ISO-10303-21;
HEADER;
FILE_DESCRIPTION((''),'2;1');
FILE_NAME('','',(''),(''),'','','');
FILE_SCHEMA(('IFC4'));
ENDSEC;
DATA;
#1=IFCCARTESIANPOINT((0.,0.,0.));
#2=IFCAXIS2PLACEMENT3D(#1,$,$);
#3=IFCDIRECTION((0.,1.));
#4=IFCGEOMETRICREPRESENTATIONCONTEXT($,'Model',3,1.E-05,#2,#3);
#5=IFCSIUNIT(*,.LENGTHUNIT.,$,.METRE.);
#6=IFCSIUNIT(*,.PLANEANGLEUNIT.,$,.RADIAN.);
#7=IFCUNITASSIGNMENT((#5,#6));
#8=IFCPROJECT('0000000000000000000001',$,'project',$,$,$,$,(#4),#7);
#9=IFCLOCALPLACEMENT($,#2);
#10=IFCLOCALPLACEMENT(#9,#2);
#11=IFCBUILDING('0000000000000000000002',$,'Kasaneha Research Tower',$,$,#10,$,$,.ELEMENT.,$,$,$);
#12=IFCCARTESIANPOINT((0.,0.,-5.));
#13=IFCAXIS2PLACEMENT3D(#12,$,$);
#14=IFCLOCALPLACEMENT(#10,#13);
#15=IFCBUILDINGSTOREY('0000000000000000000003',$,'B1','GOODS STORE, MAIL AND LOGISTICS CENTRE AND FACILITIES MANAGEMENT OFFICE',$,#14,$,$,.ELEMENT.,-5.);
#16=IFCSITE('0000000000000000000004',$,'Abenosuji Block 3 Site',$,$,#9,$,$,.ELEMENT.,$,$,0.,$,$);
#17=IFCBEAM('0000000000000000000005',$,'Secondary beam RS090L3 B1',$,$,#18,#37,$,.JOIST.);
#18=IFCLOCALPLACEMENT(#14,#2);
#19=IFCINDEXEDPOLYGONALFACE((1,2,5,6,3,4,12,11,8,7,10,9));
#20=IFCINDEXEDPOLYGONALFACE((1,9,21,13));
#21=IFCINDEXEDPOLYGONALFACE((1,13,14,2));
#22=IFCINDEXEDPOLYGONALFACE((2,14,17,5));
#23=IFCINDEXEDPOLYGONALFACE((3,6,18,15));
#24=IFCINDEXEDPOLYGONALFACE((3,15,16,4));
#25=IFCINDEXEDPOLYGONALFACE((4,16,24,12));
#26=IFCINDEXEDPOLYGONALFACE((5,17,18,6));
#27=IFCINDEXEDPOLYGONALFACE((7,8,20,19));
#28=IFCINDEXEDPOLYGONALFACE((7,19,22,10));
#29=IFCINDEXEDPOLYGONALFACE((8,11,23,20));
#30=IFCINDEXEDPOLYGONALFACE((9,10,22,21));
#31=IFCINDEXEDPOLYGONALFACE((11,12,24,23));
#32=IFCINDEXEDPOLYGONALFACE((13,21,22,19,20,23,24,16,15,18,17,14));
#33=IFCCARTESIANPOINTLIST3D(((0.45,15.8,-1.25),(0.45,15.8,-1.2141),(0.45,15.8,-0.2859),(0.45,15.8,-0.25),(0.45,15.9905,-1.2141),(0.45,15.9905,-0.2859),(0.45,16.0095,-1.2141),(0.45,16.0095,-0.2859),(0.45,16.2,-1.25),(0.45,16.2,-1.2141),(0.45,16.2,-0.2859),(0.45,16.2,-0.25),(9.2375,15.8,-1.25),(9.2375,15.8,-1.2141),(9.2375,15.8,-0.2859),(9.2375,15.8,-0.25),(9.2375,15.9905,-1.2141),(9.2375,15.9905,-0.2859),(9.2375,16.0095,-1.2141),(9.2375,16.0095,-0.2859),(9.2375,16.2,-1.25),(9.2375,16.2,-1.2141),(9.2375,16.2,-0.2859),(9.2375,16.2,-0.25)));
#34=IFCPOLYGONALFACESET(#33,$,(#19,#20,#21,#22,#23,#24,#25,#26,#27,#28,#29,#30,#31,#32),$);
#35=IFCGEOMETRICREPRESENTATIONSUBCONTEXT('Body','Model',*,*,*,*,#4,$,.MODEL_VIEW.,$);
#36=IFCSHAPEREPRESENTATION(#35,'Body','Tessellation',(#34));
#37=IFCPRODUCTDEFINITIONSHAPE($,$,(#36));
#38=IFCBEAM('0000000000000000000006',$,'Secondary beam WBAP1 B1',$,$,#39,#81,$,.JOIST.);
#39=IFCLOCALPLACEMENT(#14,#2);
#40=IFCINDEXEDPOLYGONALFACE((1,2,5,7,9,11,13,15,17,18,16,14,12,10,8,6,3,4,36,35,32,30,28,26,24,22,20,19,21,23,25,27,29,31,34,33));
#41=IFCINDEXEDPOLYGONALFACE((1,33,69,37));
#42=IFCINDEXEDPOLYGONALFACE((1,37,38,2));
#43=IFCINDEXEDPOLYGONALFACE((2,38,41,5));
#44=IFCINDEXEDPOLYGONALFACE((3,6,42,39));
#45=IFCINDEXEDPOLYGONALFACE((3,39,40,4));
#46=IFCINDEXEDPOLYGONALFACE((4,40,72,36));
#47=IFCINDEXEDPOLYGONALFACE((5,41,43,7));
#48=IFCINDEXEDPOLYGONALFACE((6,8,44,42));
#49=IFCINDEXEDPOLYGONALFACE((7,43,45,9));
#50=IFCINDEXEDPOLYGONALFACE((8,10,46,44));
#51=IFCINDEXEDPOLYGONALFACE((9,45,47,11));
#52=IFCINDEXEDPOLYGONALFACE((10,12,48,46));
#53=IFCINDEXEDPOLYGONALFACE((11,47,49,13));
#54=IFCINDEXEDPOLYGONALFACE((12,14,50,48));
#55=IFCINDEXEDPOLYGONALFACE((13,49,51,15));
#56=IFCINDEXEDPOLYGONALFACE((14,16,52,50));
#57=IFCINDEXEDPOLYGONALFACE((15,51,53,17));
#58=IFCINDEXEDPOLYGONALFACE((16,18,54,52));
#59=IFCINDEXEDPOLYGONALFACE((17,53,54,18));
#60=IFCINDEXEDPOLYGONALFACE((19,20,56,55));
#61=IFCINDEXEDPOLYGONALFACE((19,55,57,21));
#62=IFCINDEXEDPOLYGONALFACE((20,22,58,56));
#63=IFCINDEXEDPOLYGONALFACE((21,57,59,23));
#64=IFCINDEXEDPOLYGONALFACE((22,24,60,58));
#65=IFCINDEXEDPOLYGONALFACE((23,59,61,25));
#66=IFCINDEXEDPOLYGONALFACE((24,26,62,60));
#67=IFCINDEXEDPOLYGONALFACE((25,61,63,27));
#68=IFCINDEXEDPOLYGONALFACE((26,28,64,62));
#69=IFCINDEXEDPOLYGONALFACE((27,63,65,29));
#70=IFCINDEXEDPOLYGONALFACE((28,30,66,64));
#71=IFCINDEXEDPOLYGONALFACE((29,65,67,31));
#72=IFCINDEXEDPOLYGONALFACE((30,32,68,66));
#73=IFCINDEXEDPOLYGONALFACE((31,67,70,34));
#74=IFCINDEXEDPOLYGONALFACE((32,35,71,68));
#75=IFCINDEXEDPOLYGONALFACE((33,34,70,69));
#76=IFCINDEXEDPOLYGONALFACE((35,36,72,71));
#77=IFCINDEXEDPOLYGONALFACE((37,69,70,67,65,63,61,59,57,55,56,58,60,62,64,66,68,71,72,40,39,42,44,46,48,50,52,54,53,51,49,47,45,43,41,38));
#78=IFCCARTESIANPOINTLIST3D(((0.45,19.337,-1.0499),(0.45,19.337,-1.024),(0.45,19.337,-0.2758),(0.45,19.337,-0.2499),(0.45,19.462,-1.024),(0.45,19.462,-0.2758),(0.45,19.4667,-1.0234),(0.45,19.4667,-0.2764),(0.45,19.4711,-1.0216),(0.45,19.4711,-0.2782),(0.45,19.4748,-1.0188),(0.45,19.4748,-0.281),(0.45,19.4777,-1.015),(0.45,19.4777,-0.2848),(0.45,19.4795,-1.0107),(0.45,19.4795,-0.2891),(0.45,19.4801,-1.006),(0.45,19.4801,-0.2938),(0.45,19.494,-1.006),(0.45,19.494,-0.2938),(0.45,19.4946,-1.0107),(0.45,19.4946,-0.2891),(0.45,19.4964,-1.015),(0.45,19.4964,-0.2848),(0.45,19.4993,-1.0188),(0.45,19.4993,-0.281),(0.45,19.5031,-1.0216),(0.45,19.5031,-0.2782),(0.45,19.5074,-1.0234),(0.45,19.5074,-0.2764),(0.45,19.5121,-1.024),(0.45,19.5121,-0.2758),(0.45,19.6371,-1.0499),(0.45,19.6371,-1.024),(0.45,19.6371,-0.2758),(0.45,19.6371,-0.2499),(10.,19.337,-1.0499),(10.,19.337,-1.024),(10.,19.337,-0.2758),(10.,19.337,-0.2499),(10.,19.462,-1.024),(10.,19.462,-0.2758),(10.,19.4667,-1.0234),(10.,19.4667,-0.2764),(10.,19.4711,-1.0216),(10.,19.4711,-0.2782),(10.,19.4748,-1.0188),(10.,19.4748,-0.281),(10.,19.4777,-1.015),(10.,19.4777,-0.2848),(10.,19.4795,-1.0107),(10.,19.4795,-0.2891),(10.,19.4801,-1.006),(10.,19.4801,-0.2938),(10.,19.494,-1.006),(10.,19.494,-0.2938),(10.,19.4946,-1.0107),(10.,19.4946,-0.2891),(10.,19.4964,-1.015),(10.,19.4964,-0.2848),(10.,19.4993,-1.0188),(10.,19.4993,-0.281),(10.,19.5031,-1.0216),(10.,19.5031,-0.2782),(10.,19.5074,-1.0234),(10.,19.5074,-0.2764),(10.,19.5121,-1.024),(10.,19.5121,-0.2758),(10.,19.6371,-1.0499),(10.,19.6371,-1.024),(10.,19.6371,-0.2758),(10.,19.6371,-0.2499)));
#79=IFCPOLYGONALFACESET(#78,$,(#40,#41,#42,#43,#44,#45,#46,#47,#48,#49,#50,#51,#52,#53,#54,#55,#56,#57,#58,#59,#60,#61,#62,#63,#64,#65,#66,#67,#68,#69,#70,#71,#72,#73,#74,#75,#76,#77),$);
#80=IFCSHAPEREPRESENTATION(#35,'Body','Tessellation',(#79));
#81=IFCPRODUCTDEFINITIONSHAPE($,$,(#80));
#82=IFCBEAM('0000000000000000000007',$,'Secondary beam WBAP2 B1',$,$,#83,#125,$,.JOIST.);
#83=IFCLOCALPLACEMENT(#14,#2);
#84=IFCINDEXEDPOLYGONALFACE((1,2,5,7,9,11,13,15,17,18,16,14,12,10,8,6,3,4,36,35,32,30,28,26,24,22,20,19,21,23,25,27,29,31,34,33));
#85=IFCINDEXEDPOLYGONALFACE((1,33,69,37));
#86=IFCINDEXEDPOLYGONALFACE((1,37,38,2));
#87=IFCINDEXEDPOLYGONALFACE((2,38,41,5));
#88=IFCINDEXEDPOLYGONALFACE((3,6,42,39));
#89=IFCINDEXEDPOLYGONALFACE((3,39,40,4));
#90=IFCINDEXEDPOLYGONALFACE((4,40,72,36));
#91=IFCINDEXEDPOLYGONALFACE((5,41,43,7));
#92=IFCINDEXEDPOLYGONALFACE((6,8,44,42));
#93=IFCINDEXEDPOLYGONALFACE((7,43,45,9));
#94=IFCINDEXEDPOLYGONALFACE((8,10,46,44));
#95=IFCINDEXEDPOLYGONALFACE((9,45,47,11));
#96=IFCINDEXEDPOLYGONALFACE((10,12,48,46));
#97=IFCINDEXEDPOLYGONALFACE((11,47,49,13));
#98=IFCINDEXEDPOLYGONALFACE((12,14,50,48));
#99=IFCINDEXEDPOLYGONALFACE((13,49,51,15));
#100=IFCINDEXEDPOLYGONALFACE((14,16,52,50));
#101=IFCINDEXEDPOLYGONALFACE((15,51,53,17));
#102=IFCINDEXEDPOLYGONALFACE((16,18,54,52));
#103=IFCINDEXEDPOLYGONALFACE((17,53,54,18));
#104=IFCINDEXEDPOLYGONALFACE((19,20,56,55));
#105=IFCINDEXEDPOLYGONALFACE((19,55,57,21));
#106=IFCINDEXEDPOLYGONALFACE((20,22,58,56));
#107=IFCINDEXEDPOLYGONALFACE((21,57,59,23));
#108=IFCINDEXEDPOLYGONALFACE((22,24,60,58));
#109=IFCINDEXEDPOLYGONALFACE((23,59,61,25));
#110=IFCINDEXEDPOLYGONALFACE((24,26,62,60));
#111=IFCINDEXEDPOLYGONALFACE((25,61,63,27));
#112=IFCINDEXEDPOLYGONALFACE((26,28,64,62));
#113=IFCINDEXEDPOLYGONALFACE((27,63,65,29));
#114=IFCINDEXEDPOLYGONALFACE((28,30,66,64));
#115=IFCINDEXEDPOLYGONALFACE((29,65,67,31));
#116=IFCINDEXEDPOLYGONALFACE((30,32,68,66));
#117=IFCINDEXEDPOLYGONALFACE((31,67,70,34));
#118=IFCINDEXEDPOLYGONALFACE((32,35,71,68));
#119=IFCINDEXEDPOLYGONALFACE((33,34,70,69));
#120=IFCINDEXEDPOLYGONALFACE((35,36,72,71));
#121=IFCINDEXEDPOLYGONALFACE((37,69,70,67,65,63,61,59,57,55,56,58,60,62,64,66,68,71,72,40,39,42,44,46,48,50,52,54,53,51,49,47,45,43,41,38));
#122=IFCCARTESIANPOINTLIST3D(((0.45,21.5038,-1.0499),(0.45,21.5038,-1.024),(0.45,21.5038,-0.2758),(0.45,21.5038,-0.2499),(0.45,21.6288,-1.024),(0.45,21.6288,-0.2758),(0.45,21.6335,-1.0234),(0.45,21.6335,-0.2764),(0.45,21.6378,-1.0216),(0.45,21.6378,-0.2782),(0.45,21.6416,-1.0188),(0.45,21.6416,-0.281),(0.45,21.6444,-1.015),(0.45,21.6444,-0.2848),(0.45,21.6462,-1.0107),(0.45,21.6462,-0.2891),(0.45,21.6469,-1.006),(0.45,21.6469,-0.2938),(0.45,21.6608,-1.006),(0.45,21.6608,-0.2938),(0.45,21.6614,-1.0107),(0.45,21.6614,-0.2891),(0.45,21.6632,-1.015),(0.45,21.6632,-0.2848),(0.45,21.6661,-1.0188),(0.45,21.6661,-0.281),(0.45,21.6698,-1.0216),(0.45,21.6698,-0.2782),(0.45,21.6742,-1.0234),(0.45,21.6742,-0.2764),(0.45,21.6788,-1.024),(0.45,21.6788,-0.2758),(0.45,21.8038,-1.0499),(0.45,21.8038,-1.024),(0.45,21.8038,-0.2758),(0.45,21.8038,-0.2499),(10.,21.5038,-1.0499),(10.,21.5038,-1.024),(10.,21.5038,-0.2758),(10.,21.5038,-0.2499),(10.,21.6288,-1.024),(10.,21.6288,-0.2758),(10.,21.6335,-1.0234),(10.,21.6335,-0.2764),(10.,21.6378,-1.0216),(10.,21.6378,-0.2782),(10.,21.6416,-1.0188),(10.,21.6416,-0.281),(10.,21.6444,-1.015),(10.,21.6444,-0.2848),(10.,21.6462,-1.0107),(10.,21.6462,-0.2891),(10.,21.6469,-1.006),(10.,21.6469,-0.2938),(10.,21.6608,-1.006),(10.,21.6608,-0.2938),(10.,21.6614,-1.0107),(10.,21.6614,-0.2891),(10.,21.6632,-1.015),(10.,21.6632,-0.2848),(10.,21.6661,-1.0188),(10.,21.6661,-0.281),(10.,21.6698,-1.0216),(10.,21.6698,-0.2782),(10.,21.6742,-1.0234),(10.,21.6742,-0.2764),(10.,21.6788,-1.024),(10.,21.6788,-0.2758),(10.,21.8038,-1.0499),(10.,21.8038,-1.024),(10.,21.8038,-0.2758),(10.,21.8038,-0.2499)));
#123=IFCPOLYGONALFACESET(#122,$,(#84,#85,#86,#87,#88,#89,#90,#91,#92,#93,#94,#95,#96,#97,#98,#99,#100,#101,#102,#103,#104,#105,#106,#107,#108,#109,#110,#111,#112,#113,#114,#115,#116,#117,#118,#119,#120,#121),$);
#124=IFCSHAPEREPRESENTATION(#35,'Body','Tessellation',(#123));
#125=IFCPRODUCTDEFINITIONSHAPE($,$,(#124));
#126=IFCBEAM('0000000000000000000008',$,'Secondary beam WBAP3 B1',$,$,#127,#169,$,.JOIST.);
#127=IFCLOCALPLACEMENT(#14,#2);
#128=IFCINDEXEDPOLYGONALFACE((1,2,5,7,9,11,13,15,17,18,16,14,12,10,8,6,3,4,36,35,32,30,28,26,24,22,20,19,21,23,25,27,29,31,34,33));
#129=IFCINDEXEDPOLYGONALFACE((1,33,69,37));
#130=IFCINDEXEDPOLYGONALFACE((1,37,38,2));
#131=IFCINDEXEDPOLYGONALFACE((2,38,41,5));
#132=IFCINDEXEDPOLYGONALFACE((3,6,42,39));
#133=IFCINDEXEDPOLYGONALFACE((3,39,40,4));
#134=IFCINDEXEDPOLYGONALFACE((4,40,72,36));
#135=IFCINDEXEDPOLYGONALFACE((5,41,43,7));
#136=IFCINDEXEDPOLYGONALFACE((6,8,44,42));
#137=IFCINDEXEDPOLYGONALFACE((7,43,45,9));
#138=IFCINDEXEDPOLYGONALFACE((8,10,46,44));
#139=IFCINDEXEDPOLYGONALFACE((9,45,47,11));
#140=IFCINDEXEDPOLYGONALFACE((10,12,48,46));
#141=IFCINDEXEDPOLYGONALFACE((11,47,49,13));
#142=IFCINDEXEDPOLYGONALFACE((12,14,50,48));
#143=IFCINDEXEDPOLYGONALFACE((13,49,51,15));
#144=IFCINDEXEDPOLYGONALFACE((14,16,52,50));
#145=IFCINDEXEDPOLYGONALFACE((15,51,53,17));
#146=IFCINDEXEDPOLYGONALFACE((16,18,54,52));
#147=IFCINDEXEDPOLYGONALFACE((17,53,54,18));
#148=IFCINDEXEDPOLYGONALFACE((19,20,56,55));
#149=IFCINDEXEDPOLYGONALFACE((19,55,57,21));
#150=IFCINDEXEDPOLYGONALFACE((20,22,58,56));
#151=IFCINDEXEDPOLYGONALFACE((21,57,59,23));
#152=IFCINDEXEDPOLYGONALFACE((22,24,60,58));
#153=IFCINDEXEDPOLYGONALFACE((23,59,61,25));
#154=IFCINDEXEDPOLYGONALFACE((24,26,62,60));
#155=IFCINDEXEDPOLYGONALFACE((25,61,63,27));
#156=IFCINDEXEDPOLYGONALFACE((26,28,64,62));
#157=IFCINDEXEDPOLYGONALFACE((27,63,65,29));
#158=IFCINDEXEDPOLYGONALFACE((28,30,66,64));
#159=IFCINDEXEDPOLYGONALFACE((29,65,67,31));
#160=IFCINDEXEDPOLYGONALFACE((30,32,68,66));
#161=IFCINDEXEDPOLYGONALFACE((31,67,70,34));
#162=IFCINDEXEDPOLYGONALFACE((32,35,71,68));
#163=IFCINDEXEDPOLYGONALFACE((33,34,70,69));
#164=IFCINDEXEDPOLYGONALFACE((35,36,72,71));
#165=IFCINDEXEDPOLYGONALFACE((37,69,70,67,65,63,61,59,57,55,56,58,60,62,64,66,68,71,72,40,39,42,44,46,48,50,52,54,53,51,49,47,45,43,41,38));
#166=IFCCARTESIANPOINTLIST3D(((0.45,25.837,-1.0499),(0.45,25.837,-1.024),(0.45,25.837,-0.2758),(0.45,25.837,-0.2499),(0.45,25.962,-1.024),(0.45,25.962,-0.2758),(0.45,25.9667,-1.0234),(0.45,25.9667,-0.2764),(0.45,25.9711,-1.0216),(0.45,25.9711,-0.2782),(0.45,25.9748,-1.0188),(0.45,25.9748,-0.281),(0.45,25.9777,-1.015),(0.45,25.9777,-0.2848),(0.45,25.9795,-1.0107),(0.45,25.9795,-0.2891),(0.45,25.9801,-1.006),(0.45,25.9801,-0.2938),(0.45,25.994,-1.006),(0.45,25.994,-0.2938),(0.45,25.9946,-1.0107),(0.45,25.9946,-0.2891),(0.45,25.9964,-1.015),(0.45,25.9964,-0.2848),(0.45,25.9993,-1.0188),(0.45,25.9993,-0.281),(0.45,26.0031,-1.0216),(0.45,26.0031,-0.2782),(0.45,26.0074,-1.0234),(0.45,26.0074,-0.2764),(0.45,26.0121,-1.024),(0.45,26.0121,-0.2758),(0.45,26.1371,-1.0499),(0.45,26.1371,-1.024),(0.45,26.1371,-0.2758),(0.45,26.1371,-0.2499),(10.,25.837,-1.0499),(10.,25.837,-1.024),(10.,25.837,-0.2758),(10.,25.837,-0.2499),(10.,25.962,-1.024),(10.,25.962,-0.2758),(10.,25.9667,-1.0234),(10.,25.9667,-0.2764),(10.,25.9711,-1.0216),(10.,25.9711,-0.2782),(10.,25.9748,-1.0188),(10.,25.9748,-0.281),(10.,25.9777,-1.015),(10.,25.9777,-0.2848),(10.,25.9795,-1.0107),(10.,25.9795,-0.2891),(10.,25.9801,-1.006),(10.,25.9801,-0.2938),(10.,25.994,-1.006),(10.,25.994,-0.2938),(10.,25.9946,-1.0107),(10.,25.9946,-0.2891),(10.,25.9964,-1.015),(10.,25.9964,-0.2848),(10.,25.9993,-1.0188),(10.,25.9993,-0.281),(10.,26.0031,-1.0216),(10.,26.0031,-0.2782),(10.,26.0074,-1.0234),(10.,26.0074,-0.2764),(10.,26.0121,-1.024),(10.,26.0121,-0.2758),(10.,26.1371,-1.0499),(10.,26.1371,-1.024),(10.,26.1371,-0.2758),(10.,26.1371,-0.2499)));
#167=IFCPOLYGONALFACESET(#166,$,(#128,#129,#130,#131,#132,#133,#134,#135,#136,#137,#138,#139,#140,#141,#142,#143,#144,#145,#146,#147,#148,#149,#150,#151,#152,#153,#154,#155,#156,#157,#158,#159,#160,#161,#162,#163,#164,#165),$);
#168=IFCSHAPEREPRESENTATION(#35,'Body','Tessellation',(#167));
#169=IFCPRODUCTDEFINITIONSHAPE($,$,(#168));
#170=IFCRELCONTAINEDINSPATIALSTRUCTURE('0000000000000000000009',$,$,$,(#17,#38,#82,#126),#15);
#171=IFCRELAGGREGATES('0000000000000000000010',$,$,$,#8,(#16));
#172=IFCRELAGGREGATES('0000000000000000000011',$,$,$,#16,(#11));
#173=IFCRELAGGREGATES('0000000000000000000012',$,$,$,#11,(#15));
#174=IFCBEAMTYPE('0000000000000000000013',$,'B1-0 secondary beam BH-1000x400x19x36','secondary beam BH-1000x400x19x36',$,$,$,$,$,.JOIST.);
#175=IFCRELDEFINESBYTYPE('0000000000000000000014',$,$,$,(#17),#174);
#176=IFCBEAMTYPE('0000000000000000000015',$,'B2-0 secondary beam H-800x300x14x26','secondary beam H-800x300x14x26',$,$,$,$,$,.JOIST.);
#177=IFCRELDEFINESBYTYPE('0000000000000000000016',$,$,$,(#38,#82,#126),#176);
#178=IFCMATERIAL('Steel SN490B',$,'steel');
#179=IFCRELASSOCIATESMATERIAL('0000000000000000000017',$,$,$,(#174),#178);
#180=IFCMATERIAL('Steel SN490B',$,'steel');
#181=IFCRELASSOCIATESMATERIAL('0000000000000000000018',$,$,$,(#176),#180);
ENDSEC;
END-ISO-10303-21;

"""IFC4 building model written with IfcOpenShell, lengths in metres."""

from ifc_helpers import new_model, si_unit, direction, frame, origin, origin_2d, place, context, subcontext, project, spatial, i_section, extrude, material, material_profile, profile_set, type_object, element, save


model = new_model("IFC4")

# Units and contexts
model_context = context("Model", 3, precision=1e-05, world=origin(), true_north=direction((0.0, 1.0)))
body_context = subcontext(model_context, "Body", "Model", "MODEL_VIEW")
ifc_project = project(units=[si_unit("LENGTHUNIT", "METRE"), si_unit("PLANEANGLEUNIT", "RADIAN")], contexts=[model_context])

# Site, building, storey
site_placement = place(None, origin())
site = spatial("IfcSite", under=ifc_project, at=site_placement, Name="Abenosuji Block 3 Site", CompositionType="ELEMENT", RefElevation=0.0)
building_placement = place(site_placement, origin())
building = spatial("IfcBuilding", under=site, at=building_placement, Name="Kasaneha Research Tower", CompositionType="ELEMENT")
storey_placement = place(building_placement, frame((0.0, 0.0, -5.0)))
storey = spatial("IfcBuildingStorey", under=building, at=storey_placement, Name="B1", Description="GOODS STORE, MAIL AND LOGISTICS CENTRE AND FACILITIES MANAGEMENT OFFICE", CompositionType="ELEMENT", Elevation=-5.0)

# Beams
ifc_material_1 = material(Name="Steel SN490B", Category="steel")
ifc_material_profile_1 = material_profile(ifc_material_1, i_section(OverallWidth=0.3999, OverallDepth=1.0, WebThickness=0.019, FlangeThickness=0.0359, at=origin_2d()), Name="BH-1000x400x19x36")
ifc_profile_set_1 = profile_set([ifc_material_profile_1], Name="Steel SN490B")
beam_type_1 = type_object("IfcBeamType", Name="B1-0 secondary beam BH-1000x400x19x36", Description="secondary beam BH-1000x400x19x36", PredefinedType="JOIST", material=ifc_profile_set_1)
beam_1_placement = place(storey_placement, frame((9.2375, 16.0, -0.75), z_axis=(-1.0, 0.0, 0.0), x_axis=(0.0, -1.0, 0.0)))
element("IfcBeam", 1, at=beam_1_placement, inside=storey, type_object=beam_type_1, Name="Secondary beam RS090L3 B1", PredefinedType="JOIST", context=body_context, shape_type="SweptSolid", body=[
    extrude(i_section(OverallWidth=0.3999, OverallDepth=1.0, WebThickness=0.019, FlangeThickness=0.0359, at=origin_2d()), origin(), (0.0, 0.0, 1.0), 8.7876),
])
ifc_material_2 = material(Name="Steel SN490B", Category="steel")
ifc_material_profile_2 = material_profile(ifc_material_2, i_section(OverallWidth=0.3, OverallDepth=0.8, WebThickness=0.0139, FlangeThickness=0.0259, FilletRadius=0.0181, at=origin_2d()), Name="H-800x300x14x26")
ifc_profile_set_2 = profile_set([ifc_material_profile_2], Name="Steel SN490B")
beam_type_2 = type_object("IfcBeamType", Name="B2-0 secondary beam H-800x300x14x26", Description="secondary beam H-800x300x14x26", PredefinedType="JOIST", material=ifc_profile_set_2)
for number, where, z_axis, x_axis, name in (
    (2, (10.0, 19.4871, -0.6499), (-1.0, 0.0, 0.0), (0.0, -1.0, 0.0), "Secondary beam WBAP1 B1"),
    (3, (10.0, 21.6538, -0.6499), (-1.0, 0.0, 0.0), (0.0, -1.0, 0.0), "Secondary beam WBAP2 B1"),
    (4, (10.0, 25.9871, -0.6499), (-1.0, 0.0, 0.0), (0.0, -1.0, 0.0), "Secondary beam WBAP3 B1"),
):
    element("IfcBeam", number, at=place(storey_placement, frame(where, z_axis=z_axis, x_axis=x_axis)), inside=storey, type_object=beam_type_2, Name=name, PredefinedType="JOIST", context=body_context, shape_type="SweptSolid", body=[
        extrude(i_section(OverallWidth=0.3, OverallDepth=0.8, WebThickness=0.0139, FlangeThickness=0.0259, FilletRadius=0.0181, at=origin_2d()), origin(), (0.0, 0.0, 1.0), 9.55),
    ])

save(model, "model.ifc")
